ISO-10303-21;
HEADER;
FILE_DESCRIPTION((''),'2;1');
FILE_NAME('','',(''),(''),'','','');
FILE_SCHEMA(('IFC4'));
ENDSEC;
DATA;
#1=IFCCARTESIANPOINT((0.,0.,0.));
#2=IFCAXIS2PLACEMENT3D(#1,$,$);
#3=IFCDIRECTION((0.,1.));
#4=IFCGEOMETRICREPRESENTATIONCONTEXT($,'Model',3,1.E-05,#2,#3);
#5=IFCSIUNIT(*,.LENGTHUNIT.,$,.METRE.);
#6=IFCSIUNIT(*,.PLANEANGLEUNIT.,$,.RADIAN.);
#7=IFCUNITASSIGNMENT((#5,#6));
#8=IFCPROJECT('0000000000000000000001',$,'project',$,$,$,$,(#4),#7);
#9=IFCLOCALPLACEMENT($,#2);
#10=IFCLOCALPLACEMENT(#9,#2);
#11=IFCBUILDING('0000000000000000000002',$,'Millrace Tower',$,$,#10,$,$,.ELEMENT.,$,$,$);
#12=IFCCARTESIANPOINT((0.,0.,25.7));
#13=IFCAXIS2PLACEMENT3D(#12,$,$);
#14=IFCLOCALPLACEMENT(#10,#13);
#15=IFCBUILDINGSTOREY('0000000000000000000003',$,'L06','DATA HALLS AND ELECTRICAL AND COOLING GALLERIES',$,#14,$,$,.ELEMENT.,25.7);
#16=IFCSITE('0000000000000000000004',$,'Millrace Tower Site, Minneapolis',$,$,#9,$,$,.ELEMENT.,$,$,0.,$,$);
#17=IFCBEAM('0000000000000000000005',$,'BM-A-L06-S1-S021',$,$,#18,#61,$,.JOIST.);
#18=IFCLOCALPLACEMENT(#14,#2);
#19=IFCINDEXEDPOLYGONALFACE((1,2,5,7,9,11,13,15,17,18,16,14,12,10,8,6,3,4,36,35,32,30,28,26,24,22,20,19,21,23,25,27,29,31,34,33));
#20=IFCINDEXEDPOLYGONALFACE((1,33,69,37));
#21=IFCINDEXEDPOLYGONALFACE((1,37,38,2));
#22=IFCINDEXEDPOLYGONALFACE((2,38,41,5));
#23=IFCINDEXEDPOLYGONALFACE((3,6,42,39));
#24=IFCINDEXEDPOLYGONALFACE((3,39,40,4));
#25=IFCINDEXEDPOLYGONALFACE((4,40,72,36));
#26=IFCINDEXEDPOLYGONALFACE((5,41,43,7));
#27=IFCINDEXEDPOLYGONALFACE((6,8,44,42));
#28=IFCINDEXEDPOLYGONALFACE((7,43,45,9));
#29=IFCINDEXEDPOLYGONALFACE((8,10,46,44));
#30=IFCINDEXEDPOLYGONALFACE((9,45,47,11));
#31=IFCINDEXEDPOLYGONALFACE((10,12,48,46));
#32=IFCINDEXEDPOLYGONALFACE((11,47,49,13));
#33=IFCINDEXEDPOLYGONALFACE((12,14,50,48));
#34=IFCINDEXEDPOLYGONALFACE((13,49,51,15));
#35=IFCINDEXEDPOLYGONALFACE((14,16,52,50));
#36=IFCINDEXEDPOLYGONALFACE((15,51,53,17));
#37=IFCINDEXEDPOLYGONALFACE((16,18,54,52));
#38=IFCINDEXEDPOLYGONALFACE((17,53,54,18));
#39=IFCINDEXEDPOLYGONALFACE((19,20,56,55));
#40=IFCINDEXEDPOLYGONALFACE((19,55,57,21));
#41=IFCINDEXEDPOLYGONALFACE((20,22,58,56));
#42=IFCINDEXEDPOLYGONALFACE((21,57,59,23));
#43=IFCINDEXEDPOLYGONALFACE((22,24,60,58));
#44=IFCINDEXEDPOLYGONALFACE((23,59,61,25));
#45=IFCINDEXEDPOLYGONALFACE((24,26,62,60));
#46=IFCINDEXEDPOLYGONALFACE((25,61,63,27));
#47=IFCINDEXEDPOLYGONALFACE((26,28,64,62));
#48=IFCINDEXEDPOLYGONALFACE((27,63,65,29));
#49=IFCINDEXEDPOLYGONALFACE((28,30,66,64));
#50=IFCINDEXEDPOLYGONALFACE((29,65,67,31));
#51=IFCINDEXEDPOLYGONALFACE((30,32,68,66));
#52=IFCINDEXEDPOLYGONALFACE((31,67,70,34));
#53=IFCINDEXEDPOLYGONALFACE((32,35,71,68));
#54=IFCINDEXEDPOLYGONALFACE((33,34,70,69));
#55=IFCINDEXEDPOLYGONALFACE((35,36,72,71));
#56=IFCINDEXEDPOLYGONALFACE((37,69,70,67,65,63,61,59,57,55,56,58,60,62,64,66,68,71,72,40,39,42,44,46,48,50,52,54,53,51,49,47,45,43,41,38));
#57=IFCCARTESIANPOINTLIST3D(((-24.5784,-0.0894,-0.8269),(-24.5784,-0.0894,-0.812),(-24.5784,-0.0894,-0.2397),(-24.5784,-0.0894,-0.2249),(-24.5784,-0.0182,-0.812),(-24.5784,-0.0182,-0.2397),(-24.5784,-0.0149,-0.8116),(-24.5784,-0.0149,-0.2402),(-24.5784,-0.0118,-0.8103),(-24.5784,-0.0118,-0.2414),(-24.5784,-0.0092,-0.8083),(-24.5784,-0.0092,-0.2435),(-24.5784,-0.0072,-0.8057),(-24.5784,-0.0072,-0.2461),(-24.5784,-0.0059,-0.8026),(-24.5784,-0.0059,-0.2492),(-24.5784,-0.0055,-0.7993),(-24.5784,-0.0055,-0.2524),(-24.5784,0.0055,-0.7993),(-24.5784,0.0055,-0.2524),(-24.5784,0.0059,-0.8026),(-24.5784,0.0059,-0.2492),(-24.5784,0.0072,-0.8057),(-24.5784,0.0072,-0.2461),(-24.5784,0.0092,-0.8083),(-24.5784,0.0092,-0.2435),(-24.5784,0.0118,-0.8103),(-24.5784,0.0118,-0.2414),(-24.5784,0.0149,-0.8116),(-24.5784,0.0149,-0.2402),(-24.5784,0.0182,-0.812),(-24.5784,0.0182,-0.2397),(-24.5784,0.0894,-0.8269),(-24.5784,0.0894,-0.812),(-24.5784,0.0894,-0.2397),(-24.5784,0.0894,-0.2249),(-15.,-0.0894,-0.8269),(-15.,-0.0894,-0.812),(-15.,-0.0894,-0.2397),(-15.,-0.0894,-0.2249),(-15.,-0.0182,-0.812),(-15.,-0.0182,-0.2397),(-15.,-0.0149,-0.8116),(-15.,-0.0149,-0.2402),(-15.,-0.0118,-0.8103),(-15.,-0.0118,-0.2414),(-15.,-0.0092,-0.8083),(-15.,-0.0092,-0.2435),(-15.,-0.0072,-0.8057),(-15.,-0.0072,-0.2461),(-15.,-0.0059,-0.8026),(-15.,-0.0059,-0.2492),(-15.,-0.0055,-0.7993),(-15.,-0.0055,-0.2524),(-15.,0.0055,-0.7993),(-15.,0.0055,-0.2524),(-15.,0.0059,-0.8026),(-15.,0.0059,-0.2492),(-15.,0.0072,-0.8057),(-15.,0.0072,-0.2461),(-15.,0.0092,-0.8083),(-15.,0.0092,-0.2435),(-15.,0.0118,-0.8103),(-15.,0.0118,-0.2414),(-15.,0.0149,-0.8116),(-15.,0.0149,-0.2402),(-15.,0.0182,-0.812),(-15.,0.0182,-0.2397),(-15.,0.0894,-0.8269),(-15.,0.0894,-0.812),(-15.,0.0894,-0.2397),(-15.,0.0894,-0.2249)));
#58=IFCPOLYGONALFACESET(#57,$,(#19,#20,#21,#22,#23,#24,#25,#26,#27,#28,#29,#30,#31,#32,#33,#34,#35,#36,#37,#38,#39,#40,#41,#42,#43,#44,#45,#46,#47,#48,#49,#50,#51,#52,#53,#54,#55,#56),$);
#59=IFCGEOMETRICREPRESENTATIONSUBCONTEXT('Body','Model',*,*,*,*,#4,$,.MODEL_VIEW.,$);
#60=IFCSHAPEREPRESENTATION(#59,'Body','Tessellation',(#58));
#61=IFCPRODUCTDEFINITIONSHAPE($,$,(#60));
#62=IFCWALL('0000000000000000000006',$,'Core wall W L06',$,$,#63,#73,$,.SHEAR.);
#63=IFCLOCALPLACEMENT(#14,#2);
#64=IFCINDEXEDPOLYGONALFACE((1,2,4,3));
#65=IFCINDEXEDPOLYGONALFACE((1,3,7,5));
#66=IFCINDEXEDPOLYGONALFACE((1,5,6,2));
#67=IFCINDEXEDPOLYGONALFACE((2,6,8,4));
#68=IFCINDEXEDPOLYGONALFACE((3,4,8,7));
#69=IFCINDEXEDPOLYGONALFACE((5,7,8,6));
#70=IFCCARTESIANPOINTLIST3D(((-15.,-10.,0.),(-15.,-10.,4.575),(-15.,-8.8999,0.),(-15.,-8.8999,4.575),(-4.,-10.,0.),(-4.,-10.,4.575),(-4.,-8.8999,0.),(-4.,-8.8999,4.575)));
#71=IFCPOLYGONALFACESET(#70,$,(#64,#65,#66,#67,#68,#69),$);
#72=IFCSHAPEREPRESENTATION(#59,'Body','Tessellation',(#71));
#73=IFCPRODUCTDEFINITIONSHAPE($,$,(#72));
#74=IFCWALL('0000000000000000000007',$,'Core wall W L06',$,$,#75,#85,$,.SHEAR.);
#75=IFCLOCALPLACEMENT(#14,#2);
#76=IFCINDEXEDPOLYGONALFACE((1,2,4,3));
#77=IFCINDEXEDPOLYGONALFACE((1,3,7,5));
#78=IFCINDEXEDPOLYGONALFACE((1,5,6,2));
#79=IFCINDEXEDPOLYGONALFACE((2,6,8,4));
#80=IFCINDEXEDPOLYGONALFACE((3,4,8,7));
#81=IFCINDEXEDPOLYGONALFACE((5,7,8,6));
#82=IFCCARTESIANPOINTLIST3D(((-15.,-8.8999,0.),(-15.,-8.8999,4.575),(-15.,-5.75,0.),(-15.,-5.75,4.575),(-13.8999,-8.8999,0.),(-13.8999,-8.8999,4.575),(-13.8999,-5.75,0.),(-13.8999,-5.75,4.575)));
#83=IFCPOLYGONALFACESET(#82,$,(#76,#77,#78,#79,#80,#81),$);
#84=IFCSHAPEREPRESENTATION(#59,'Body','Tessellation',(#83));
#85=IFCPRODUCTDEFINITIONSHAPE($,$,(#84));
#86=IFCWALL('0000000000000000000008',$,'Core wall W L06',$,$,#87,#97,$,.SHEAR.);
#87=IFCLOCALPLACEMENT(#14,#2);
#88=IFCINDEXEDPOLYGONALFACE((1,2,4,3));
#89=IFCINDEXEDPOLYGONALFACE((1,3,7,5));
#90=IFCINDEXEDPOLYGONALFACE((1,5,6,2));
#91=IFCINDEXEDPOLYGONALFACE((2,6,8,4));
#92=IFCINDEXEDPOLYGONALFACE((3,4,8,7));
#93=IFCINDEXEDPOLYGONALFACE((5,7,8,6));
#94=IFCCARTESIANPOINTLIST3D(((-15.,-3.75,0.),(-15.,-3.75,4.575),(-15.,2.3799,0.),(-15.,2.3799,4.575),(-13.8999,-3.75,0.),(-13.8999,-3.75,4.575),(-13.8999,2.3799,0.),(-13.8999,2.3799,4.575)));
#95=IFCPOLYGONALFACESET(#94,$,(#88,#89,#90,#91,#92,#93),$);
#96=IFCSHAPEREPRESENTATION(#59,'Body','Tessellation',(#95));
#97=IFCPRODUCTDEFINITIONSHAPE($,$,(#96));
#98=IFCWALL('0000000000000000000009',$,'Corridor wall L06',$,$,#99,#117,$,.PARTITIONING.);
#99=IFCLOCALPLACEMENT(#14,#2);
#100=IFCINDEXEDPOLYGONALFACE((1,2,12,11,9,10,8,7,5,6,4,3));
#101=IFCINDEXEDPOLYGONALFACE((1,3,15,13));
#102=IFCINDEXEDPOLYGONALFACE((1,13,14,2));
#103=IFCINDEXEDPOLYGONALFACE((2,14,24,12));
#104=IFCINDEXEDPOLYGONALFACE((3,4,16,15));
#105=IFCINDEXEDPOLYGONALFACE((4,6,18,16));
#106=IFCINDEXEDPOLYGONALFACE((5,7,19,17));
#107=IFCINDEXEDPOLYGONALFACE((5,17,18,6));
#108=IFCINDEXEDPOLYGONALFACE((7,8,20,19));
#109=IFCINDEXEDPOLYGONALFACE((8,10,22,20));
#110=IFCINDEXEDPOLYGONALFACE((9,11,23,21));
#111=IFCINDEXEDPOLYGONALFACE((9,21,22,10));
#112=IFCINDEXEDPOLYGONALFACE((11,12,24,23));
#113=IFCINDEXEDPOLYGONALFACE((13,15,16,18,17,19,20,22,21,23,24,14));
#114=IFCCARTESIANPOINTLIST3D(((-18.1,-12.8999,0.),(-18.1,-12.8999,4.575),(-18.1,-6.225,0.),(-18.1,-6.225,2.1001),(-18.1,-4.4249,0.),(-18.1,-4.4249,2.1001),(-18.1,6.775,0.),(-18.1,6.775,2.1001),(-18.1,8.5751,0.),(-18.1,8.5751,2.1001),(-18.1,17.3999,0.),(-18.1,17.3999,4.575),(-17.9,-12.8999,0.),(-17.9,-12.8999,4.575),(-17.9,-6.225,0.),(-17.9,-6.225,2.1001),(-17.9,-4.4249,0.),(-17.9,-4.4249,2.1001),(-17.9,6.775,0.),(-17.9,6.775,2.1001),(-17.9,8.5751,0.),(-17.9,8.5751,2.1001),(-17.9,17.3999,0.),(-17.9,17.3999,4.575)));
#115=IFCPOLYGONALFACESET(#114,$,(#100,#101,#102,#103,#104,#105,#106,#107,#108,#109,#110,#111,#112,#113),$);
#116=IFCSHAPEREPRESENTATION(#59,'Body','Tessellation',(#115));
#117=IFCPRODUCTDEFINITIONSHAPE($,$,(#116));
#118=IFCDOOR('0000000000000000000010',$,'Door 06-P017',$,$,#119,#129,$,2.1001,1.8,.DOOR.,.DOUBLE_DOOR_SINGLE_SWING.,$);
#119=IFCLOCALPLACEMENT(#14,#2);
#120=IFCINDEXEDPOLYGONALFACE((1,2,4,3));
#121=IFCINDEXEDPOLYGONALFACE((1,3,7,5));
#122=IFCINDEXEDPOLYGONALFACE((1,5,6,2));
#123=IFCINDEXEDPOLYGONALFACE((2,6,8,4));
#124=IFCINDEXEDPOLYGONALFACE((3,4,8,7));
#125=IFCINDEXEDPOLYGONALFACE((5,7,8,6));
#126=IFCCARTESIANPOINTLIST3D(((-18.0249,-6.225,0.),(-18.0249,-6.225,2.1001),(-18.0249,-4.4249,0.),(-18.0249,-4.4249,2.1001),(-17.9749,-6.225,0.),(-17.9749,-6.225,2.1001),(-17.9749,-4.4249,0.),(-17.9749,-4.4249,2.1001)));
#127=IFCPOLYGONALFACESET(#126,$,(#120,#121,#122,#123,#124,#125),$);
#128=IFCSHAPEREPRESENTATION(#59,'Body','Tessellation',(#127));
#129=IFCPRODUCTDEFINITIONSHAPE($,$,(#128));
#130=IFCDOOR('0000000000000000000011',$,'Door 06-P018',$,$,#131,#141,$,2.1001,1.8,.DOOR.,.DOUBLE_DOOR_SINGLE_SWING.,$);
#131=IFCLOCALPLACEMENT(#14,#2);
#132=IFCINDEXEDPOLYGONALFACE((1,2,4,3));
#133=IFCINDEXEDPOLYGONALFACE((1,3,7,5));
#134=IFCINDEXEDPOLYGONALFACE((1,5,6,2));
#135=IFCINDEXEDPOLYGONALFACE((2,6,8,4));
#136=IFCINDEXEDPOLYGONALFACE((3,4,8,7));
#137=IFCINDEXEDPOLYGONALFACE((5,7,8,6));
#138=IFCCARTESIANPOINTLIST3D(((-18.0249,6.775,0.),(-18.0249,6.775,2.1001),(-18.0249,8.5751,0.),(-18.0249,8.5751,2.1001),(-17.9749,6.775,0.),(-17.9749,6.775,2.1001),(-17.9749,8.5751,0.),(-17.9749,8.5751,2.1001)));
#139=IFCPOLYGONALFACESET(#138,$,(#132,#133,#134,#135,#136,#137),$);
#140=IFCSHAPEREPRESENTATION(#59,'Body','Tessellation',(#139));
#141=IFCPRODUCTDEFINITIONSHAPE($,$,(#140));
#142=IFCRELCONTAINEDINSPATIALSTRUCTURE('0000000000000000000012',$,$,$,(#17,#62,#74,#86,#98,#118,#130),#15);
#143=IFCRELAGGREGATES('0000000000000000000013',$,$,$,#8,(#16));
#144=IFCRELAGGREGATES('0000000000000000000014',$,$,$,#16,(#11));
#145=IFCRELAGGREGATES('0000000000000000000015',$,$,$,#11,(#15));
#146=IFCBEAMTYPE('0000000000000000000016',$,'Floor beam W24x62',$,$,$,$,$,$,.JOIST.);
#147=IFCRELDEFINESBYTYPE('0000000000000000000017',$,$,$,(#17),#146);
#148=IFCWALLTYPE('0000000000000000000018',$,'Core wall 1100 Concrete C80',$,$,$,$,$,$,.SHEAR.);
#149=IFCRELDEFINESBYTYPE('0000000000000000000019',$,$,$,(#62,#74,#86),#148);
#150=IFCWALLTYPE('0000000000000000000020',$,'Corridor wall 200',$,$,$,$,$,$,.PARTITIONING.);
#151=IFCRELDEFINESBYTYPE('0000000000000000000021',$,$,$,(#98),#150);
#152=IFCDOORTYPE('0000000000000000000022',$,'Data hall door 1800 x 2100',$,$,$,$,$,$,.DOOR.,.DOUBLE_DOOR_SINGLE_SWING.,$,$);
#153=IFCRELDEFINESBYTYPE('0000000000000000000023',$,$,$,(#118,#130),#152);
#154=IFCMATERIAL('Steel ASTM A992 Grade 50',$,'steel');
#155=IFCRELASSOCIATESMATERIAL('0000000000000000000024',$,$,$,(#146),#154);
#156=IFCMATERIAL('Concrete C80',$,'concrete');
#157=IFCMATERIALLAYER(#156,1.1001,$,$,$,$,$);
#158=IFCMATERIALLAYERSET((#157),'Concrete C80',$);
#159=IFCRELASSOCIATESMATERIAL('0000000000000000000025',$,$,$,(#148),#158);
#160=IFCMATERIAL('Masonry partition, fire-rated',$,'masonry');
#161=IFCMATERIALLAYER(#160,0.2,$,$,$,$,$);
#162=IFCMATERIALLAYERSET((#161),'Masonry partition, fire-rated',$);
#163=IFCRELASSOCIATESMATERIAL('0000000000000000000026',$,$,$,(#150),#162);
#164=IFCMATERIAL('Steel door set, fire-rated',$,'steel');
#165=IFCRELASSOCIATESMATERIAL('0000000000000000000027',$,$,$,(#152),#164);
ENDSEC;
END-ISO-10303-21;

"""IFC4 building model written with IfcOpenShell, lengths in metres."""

from ifc_helpers import new_model, si_unit, direction, frame, frame_2d, origin, origin_2d, place, context, subcontext, project, spatial, rectangle, i_section, extrude, material, layer, layer_set, material_profile, profile_set, type_object, element, fill, save


model = new_model("IFC4")

# Units and contexts
model_context = context("Model", 3, precision=1e-05, world=origin(), true_north=direction((0.0, 1.0)))
body_context = subcontext(model_context, "Body", "Model", "MODEL_VIEW")
ifc_project = project(units=[si_unit("LENGTHUNIT", "METRE"), si_unit("PLANEANGLEUNIT", "RADIAN")], contexts=[model_context])

# Site, building, storey
site_placement = place(None, origin())
site = spatial("IfcSite", under=ifc_project, at=site_placement, Name="Millrace Tower Site, Minneapolis", CompositionType="ELEMENT", RefElevation=0.0)
building_placement = place(site_placement, origin())
building = spatial("IfcBuilding", under=site, at=building_placement, Name="Millrace Tower", CompositionType="ELEMENT")
storey_placement = place(building_placement, frame((0.0, 0.0, 25.7)))
storey = spatial("IfcBuildingStorey", under=building, at=storey_placement, Name="L06", Description="DATA HALLS AND ELECTRICAL AND COOLING GALLERIES", CompositionType="ELEMENT", Elevation=25.7)

# Beam
ifc_material_1 = material(Name="Steel ASTM A992 Grade 50", Category="steel")
ifc_material_profile_1 = material_profile(ifc_material_1, i_section(OverallWidth=0.1787, OverallDepth=0.6021, WebThickness=0.011, FlangeThickness=0.0149, FilletRadius=0.0127, at=origin_2d()))
ifc_profile_set_1 = profile_set([ifc_material_profile_1], Name="Steel ASTM A992 Grade 50")
beam_type_1 = type_object("IfcBeamType", Name="Floor beam W24x62", PredefinedType="JOIST", material=ifc_profile_set_1)
for number, where, z_axis, x_axis, name in (
    (1, (-24.5784, 0.0, -0.5259), (1.0, 0.0, 0.0), (0.0, 1.0, 0.0), "BM-A-L06-S1-S021"),
):
    element("IfcBeam", number, at=place(storey_placement, frame(where, z_axis=z_axis, x_axis=x_axis)), inside=storey, type_object=beam_type_1, Name=name, PredefinedType="JOIST", context=body_context, shape_type="SweptSolid", body=[
        extrude(i_section(OverallWidth=0.1787, OverallDepth=0.6021, WebThickness=0.011, FlangeThickness=0.0149, FilletRadius=0.0127, at=origin_2d()), origin(), (0.0, 0.0, 1.0), 9.5784),
    ])

# Walls
ifc_material_2 = material(Name="Concrete C80", Category="concrete")
ifc_layer_1 = layer(ifc_material_2, 1.1001)
ifc_layer_set_1 = layer_set([ifc_layer_1], Name="Concrete C80")
wall_type_1 = type_object("IfcWallType", Name="Core wall 1100 Concrete C80", PredefinedType="SHEAR", material=ifc_layer_set_1)
wall_1_placement = place(storey_placement, frame((-15.0, -9.45, 0.0), z_axis=(0.0, 0.0, 1.0), x_axis=(1.0, 0.0, 0.0)))
element("IfcWall", 2, at=wall_1_placement, inside=storey, type_object=wall_type_1, Name="Core wall W L06", PredefinedType="SHEAR", context=body_context, shape_type="SweptSolid", body=[
    extrude(rectangle(XDim=11.0, YDim=1.1001, at=frame_2d((5.5, 0.0))), origin(), (0.0, 0.0, 1.0), 4.575),
])
wall_2_placement = place(storey_placement, frame((-14.45, -8.8999, 0.0), z_axis=(0.0, 0.0, 1.0), x_axis=(0.0, 1.0, 0.0)))
element("IfcWall", 3, at=wall_2_placement, inside=storey, type_object=wall_type_1, Name="Core wall W L06", PredefinedType="SHEAR", context=body_context, shape_type="SweptSolid", body=[
    extrude(rectangle(XDim=3.1499, YDim=1.1001, at=frame_2d((1.575, 0.0))), origin(), (0.0, 0.0, 1.0), 4.575),
])
wall_3_placement = place(storey_placement, frame((-14.45, -3.75, 0.0), z_axis=(0.0, 0.0, 1.0), x_axis=(0.0, 1.0, 0.0)))
element("IfcWall", 4, at=wall_3_placement, inside=storey, type_object=wall_type_1, Name="Core wall W L06", PredefinedType="SHEAR", context=body_context, shape_type="SweptSolid", body=[
    extrude(rectangle(XDim=6.1299, YDim=1.1001, at=frame_2d((3.0649, 0.0))), origin(), (0.0, 0.0, 1.0), 4.575),
])

# Wall, openings, doors
ifc_material_3 = material(Name="Masonry partition, fire-rated", Category="masonry")
ifc_layer_2 = layer(ifc_material_3, 0.2)
ifc_layer_set_2 = layer_set([ifc_layer_2], Name="Masonry partition, fire-rated")
wall_type_2 = type_object("IfcWallType", Name="Corridor wall 200", PredefinedType="PARTITIONING", material=ifc_layer_set_2)
wall_4_placement = place(storey_placement, frame((-18.0, -12.8999, 0.0), z_axis=(0.0, 0.0, 1.0), x_axis=(0.0, 1.0, 0.0)))
wall_4 = element("IfcWall", 5, at=wall_4_placement, inside=storey, type_object=wall_type_2, Name="Corridor wall L06", PredefinedType="PARTITIONING", context=body_context, shape_type="SweptSolid", body=[
    extrude(rectangle(XDim=30.2998, YDim=0.2, at=frame_2d((15.1499, 0.0))), origin(), (0.0, 0.0, 1.0), 4.575),
])
opening_1_placement = place(wall_4_placement, frame((6.675, 0.0, 0.0)))
opening_1 = element("IfcOpeningElement", 6, at=opening_1_placement, cuts=wall_4, PredefinedType="OPENING", context=body_context, shape_type="SweptSolid", body=[
    extrude(rectangle(XDim=1.8, YDim=2.1001, at=frame_2d((0.8999, 1.05))), frame((0.0, 0.1099, 0.0), z_axis=(0.0, -1.0, 0.0), x_axis=(1.0, 0.0, 0.0)), (0.0, 0.0, 1.0), 0.22),
])
opening_2_placement = place(wall_4_placement, frame((19.675, 0.0, 0.0)))
opening_2 = element("IfcOpeningElement", 7, at=opening_2_placement, cuts=wall_4, PredefinedType="OPENING", context=body_context, shape_type="SweptSolid", body=[
    extrude(rectangle(XDim=1.8, YDim=2.1001, at=frame_2d((0.8999, 1.05))), frame((0.0, 0.1099, 0.0), z_axis=(0.0, -1.0, 0.0), x_axis=(1.0, 0.0, 0.0)), (0.0, 0.0, 1.0), 0.22),
])
ifc_material_4 = material(Name="Steel door set, fire-rated", Category="steel")
door_type_1 = type_object("IfcDoorType", Name="Data hall door 1800 x 2100", OperationType="DOUBLE_DOOR_SINGLE_SWING", PredefinedType="DOOR", material=ifc_material_4)
door_1_placement = place(opening_1_placement, origin())
door_1 = element("IfcDoor", 8, at=door_1_placement, inside=storey, type_object=door_type_1, Name="Door 06-P017", OperationType="DOUBLE_DOOR_SINGLE_SWING", OverallHeight=2.1001, OverallWidth=1.8, PredefinedType="DOOR", context=body_context, shape_type="SweptSolid", body=[
    extrude(rectangle(XDim=1.8, YDim=2.1001, at=frame_2d((0.8999, 1.05))), frame((0.0, 0.0249, 0.0), z_axis=(0.0, -1.0, 0.0), x_axis=(1.0, 0.0, 0.0)), (0.0, 0.0, 1.0), 0.05),
])
fill(opening_1, door_1)
door_2_placement = place(opening_2_placement, origin())
door_2 = element("IfcDoor", 9, at=door_2_placement, inside=storey, type_object=door_type_1, Name="Door 06-P018", OperationType="DOUBLE_DOOR_SINGLE_SWING", OverallHeight=2.1001, OverallWidth=1.8, PredefinedType="DOOR", context=body_context, shape_type="SweptSolid", body=[
    extrude(rectangle(XDim=1.8, YDim=2.1001, at=frame_2d((0.8999, 1.05))), frame((0.0, 0.0249, 0.0), z_axis=(0.0, -1.0, 0.0), x_axis=(1.0, 0.0, 0.0)), (0.0, 0.0, 1.0), 0.05),
])
fill(opening_2, door_2)

save(model, "model.ifc")
